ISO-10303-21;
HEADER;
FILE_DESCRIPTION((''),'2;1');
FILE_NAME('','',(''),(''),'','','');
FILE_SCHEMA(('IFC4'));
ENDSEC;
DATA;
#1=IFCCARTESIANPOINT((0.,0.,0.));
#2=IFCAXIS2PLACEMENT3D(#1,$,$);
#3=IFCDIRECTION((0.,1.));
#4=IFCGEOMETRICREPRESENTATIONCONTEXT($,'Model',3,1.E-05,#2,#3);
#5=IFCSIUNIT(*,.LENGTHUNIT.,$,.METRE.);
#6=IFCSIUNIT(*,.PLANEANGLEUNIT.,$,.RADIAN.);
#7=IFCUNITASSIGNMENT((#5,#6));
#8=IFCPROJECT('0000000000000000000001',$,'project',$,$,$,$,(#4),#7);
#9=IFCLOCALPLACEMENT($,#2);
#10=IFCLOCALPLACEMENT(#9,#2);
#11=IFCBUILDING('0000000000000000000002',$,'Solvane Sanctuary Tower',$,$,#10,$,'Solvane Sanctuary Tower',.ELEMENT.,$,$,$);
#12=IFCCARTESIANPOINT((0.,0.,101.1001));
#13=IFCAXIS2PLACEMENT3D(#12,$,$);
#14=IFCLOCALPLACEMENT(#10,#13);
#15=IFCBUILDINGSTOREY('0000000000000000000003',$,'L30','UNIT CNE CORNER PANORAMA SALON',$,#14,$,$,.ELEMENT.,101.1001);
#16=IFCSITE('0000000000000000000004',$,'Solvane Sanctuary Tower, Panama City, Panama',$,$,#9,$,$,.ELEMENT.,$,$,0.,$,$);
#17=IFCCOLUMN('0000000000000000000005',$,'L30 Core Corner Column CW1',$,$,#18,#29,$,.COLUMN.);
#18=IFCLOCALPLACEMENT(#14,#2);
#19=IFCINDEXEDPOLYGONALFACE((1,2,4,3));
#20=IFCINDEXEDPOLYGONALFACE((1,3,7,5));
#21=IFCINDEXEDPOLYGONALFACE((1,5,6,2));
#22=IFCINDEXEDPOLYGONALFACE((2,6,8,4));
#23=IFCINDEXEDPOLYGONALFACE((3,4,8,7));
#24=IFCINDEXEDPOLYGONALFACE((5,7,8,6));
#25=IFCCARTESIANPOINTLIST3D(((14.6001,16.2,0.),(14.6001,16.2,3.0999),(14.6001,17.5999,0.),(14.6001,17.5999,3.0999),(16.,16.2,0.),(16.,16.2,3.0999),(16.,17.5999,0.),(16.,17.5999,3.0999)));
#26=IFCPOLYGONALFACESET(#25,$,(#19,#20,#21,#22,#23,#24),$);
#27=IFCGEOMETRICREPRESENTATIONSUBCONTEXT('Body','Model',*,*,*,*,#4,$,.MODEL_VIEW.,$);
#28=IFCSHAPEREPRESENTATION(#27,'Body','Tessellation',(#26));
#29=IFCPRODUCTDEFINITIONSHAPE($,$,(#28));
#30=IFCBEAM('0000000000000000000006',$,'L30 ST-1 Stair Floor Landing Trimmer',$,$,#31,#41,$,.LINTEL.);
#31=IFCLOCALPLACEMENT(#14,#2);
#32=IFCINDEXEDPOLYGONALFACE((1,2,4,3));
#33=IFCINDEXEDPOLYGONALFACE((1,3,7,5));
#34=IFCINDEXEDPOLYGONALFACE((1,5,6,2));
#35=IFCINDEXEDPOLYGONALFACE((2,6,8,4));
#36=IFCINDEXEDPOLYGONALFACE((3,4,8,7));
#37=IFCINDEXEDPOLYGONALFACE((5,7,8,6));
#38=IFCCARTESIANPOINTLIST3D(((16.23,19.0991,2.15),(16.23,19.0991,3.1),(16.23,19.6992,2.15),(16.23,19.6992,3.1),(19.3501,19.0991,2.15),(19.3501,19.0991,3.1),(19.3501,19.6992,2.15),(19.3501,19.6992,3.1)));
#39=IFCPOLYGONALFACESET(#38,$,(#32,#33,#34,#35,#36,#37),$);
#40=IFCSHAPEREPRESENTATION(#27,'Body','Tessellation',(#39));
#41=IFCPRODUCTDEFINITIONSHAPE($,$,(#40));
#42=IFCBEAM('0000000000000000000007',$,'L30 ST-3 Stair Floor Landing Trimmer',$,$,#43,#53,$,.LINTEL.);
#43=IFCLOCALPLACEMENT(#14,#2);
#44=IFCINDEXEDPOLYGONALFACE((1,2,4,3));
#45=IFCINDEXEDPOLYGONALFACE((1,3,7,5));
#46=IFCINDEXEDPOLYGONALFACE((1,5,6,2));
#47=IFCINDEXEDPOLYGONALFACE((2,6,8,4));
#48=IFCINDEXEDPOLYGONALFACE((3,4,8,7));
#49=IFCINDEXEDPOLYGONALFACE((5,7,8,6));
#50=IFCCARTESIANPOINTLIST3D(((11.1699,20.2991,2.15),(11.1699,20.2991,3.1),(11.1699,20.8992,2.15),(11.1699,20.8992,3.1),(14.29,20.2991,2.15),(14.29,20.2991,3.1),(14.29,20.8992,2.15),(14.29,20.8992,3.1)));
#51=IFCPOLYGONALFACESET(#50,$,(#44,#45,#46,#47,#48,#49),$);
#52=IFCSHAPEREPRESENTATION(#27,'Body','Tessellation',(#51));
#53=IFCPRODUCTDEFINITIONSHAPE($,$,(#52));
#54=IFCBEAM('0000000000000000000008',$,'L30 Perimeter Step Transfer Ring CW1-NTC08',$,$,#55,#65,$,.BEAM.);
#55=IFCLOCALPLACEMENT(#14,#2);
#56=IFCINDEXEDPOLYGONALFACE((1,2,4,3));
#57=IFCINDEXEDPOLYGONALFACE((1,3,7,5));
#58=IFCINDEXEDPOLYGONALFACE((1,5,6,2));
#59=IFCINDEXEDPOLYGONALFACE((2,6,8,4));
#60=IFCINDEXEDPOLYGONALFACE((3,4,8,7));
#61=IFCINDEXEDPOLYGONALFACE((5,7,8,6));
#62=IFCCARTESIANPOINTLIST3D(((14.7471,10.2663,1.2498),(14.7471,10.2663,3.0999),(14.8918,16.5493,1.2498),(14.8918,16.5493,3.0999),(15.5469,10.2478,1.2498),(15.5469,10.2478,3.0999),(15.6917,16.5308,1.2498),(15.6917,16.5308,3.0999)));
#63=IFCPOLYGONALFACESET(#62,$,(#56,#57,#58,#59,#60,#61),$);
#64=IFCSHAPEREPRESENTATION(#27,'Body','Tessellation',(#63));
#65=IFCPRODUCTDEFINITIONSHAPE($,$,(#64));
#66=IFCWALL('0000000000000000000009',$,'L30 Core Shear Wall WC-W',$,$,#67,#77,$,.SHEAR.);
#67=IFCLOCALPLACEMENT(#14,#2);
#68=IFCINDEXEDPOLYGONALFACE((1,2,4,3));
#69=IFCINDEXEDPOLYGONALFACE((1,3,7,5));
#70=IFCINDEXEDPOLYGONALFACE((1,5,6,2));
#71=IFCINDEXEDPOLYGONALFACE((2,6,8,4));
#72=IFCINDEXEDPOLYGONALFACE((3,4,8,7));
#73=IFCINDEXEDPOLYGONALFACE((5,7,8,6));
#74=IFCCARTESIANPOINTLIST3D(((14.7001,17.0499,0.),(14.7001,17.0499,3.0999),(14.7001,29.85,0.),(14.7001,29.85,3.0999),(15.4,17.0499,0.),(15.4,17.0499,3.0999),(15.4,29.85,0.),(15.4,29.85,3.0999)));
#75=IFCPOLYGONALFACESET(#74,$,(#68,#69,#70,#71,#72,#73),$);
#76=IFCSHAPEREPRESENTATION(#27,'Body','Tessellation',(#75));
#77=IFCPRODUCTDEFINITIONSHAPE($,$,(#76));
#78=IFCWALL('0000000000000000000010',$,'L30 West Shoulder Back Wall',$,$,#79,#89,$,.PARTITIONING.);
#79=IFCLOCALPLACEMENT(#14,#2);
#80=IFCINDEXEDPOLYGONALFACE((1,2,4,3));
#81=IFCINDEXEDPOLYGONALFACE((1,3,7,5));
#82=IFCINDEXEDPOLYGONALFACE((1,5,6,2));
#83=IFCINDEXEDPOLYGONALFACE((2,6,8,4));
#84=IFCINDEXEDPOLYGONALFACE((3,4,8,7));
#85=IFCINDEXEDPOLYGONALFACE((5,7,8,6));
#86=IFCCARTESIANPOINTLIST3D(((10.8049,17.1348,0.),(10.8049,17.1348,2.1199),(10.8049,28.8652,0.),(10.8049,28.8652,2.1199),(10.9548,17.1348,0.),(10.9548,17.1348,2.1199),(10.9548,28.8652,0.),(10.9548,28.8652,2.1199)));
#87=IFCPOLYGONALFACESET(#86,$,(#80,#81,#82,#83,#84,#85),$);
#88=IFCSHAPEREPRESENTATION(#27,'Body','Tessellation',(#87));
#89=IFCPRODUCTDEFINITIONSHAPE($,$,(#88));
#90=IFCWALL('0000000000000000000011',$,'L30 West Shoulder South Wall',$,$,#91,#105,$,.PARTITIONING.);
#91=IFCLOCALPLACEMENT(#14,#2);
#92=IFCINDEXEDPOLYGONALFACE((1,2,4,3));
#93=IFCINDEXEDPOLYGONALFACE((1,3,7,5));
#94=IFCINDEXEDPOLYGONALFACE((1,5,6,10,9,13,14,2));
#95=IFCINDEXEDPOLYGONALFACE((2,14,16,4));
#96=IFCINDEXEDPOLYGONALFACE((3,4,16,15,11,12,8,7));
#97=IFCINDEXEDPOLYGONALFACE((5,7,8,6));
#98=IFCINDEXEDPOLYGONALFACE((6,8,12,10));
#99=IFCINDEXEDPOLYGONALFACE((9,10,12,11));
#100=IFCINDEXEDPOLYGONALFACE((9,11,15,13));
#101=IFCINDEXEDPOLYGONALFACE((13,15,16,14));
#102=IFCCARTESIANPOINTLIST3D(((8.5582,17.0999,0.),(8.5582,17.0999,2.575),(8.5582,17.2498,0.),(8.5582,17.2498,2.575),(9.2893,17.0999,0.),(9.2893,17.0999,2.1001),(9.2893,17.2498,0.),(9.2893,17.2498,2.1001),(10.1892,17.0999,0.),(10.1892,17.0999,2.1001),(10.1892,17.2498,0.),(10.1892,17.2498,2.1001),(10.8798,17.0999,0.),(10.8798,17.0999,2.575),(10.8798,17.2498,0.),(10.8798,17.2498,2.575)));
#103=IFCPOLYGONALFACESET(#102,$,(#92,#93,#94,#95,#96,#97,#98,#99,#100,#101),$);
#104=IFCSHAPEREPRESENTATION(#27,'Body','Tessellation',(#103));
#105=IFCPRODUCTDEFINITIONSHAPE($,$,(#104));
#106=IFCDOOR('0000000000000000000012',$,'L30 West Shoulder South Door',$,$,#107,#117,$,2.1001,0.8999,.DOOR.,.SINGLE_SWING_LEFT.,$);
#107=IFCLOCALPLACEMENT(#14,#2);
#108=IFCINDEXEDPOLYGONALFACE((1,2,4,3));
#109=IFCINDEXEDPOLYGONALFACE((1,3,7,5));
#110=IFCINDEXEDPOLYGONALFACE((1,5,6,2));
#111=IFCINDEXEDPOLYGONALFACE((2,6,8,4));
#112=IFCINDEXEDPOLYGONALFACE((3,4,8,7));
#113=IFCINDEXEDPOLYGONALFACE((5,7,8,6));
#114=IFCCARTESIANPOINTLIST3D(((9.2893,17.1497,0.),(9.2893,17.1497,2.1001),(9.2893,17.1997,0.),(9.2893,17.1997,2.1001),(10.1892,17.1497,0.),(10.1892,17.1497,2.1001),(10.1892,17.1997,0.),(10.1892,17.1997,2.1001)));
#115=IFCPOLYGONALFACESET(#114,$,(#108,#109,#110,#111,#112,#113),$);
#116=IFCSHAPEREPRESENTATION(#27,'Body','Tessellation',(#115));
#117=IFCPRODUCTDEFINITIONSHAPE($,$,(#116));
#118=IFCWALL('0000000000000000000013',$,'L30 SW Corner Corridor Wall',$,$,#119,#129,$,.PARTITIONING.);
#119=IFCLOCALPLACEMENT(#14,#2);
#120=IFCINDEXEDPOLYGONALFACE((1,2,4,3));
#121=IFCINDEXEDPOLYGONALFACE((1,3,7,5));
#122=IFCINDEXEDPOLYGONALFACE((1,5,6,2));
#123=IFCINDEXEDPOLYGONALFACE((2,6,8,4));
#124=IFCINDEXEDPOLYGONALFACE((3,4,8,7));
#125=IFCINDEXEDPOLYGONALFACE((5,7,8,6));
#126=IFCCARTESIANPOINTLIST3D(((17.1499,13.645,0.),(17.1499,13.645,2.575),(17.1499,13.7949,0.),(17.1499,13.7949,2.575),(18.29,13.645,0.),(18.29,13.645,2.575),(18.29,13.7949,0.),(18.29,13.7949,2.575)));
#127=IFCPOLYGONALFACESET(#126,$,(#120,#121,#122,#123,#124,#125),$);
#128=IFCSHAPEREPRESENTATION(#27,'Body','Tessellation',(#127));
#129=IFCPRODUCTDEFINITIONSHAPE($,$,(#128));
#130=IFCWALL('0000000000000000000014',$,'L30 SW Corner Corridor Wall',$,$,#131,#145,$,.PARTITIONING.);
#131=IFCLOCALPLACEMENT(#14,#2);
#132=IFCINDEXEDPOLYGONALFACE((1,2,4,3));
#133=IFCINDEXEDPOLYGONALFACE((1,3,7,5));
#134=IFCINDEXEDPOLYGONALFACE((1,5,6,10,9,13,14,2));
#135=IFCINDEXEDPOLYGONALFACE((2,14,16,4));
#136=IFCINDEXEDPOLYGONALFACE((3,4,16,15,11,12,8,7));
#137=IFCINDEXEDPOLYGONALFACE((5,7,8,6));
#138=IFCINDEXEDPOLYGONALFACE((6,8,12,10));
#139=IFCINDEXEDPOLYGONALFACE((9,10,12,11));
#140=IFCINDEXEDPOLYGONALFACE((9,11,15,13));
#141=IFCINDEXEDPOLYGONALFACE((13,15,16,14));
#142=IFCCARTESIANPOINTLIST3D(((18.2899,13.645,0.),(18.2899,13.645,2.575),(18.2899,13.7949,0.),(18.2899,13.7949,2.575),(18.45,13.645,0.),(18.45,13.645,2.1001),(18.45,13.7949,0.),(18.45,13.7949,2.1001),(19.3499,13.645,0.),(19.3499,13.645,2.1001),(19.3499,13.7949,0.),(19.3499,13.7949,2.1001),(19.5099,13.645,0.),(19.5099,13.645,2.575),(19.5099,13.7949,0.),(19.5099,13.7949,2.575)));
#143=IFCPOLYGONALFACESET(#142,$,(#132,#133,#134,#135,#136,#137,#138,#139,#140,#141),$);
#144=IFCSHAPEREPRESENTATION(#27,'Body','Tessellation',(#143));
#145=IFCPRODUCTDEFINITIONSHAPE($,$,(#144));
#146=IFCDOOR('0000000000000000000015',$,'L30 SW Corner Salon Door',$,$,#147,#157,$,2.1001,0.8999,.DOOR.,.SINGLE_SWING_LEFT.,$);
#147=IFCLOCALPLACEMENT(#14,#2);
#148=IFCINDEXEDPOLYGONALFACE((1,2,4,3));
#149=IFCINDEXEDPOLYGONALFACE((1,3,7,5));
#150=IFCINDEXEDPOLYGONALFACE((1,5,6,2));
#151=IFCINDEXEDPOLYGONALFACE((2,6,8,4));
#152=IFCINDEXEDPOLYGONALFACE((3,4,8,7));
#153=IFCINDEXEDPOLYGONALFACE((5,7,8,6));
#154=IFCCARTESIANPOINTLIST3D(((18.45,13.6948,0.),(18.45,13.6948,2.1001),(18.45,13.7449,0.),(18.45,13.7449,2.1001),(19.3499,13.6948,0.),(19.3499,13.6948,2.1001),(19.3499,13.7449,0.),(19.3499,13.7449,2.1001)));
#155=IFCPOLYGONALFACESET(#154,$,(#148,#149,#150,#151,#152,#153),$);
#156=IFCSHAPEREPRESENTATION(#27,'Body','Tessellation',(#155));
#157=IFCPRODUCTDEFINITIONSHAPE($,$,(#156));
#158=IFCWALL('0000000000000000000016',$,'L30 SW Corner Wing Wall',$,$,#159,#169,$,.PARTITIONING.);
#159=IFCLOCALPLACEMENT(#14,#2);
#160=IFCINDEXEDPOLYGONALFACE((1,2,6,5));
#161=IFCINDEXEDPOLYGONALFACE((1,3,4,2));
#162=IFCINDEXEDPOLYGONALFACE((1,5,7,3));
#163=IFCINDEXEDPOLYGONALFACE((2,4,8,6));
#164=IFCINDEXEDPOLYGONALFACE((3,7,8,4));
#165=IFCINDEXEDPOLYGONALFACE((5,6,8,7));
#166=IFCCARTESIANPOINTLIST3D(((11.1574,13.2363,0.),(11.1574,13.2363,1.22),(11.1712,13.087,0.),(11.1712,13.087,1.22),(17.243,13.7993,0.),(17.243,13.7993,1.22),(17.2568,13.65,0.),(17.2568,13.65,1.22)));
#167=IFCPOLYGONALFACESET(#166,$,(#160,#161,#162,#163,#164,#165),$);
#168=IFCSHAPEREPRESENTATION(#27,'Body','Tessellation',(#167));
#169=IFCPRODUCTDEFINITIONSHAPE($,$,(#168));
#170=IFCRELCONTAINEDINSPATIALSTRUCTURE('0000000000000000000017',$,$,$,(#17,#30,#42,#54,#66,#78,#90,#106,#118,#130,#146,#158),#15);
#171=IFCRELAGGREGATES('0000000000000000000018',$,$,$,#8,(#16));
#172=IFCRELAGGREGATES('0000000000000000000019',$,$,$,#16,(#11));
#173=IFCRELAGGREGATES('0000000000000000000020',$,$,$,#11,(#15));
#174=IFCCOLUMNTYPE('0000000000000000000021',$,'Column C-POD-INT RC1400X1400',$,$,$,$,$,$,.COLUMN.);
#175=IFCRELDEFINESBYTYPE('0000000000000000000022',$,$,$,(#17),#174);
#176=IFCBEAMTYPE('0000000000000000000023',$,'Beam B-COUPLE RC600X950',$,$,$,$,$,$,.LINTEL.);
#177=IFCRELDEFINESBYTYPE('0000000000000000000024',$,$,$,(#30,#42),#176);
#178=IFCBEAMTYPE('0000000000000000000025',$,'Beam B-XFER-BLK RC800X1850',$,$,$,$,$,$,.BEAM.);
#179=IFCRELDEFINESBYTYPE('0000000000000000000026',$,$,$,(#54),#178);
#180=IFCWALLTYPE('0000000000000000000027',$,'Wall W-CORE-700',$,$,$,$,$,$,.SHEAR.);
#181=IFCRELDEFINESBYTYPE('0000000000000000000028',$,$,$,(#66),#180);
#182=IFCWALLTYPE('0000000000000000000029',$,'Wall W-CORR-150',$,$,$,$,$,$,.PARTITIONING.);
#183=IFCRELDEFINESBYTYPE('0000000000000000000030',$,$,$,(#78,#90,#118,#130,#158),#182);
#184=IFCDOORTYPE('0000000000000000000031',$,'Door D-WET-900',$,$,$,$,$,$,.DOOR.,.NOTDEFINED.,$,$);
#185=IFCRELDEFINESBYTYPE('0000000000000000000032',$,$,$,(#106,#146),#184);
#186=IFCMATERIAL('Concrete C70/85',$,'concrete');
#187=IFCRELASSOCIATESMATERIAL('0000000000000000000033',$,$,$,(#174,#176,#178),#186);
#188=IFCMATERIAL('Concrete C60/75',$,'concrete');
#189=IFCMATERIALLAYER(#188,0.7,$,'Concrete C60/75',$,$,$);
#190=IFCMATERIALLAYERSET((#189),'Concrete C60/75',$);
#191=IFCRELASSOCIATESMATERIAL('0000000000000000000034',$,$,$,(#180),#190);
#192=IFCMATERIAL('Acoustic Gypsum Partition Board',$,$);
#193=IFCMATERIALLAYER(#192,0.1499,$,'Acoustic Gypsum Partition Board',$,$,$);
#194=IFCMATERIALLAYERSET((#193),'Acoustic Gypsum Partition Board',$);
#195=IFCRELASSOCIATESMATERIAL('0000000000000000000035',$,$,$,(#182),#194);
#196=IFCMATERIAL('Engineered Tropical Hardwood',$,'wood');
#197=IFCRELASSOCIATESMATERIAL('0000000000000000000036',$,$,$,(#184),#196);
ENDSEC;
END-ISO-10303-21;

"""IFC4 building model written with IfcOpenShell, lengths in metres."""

from ifc_helpers import new_model, si_unit, direction, frame, frame_2d, origin, origin_2d, place, context, subcontext, project, spatial, rectangle, extrude, material, layer, layer_set, material_profile, profile_set, type_object, element, fill, save


model = new_model("IFC4")

# Units and contexts
model_context = context("Model", 3, precision=1e-05, world=origin(), true_north=direction((0.0, 1.0)))
body_context = subcontext(model_context, "Body", "Model", "MODEL_VIEW")
ifc_project = project(units=[si_unit("LENGTHUNIT", "METRE"), si_unit("PLANEANGLEUNIT", "RADIAN")], contexts=[model_context])

# Site, building, storey
site_placement = place(None, origin())
site = spatial("IfcSite", under=ifc_project, at=site_placement, Name="Solvane Sanctuary Tower, Panama City, Panama", CompositionType="ELEMENT", RefElevation=0.0)
building_placement = place(site_placement, origin())
building = spatial("IfcBuilding", under=site, at=building_placement, Name="Solvane Sanctuary Tower", LongName="Solvane Sanctuary Tower", CompositionType="ELEMENT")
storey_placement = place(building_placement, frame((0.0, 0.0, 101.1001)))
storey = spatial("IfcBuildingStorey", under=building, at=storey_placement, Name="L30", Description="UNIT CNE CORNER PANORAMA SALON", CompositionType="ELEMENT", Elevation=101.1001)

# Column
ifc_material_1 = material(Name="Concrete C70/85", Category="concrete")
ifc_material_profile_1 = material_profile(ifc_material_1, rectangle(XDim=1.3999, YDim=1.3999, at=origin_2d()), Name="RC1400X1400")
ifc_profile_set_1 = profile_set([ifc_material_profile_1], Name="Concrete C70/85")
column_type = type_object("IfcColumnType", Name="Column C-POD-INT RC1400X1400", PredefinedType="COLUMN", material=ifc_profile_set_1)
column_placement = place(storey_placement, frame((15.3, 16.8999, 0.0), z_axis=(0.0, 0.0, 1.0), x_axis=(1.0, 0.0, 0.0)))
element("IfcColumn", 1, at=column_placement, inside=storey, type_object=column_type, Name="L30 Core Corner Column CW1", PredefinedType="COLUMN", context=body_context, shape_type="SweptSolid", body=[
    extrude(rectangle(XDim=1.3999, YDim=1.3999, at=origin_2d()), origin(), (0.0, 0.0, 1.0), 3.0999),
])

# Beams
ifc_material_profile_2 = material_profile(ifc_material_1, rectangle(XDim=0.6001, YDim=0.95, at=origin_2d()), Name="RC600X950")
ifc_profile_set_2 = profile_set([ifc_material_profile_2], Name="Concrete C70/85")
beam_type_1 = type_object("IfcBeamType", Name="Beam B-COUPLE RC600X950", PredefinedType="LINTEL", material=ifc_profile_set_2)
for number, where, z_axis, x_axis, name in (
    (2, (16.23, 19.3992, 2.625), (1.0, 0.0, 0.0), (0.0, 1.0, 0.0), "L30 ST-1 Stair Floor Landing Trimmer"),
    (3, (11.1699, 20.5991, 2.625), (1.0, 0.0, 0.0), (0.0, 1.0, 0.0), "L30 ST-3 Stair Floor Landing Trimmer"),
):
    element("IfcBeam", number, at=place(storey_placement, frame(where, z_axis=z_axis, x_axis=x_axis)), inside=storey, type_object=beam_type_1, Name=name, PredefinedType="LINTEL", context=body_context, shape_type="SweptSolid", body=[
        extrude(rectangle(XDim=0.6001, YDim=0.95, at=origin_2d()), origin(), (0.0, 0.0, 1.0), 3.1201),
    ])
ifc_material_profile_3 = material_profile(ifc_material_1, rectangle(XDim=0.8, YDim=1.8501, at=origin_2d()), Name="RC800X1850")
ifc_profile_set_3 = profile_set([ifc_material_profile_3], Name="Concrete C70/85")
beam_type_2 = type_object("IfcBeamType", Name="Beam B-XFER-BLK RC800X1850", PredefinedType="BEAM", material=ifc_profile_set_3)
beam_placement = place(storey_placement, frame((15.2917, 16.54, 2.1748), z_axis=(-0.023036, -0.999735, 0.0), x_axis=(0.999735, -0.023036, 0.0)))
element("IfcBeam", 4, at=beam_placement, inside=storey, type_object=beam_type_2, Name="L30 Perimeter Step Transfer Ring CW1-NTC08", PredefinedType="BEAM", context=body_context, shape_type="SweptSolid", body=[
    extrude(rectangle(XDim=0.8, YDim=1.8501, at=origin_2d()), origin(), (0.0, 0.0, 1.0), 6.2847),
])

# Walls
ifc_material_2 = material(Name="Concrete C60/75", Category="concrete")
ifc_layer_1 = layer(ifc_material_2, 0.7, Name="Concrete C60/75")
ifc_layer_set_1 = layer_set([ifc_layer_1], Name="Concrete C60/75")
wall_type_1 = type_object("IfcWallType", Name="Wall W-CORE-700", PredefinedType="SHEAR", material=ifc_layer_set_1)
wall_1_placement = place(storey_placement, frame((15.05, 17.05, 0.0), z_axis=(0.0, 0.0, 1.0), x_axis=(0.0, 1.0, 0.0)))
element("IfcWall", 5, at=wall_1_placement, inside=storey, type_object=wall_type_1, Name="L30 Core Shear Wall WC-W", PredefinedType="SHEAR", context=body_context, shape_type="SweptSolid", body=[
    extrude(rectangle(XDim=12.8, YDim=0.7, at=frame_2d((6.3999, 0.0))), origin(), (0.0, 0.0, 1.0), 3.0999),
])
ifc_material_3 = material(Name="Acoustic Gypsum Partition Board")
ifc_layer_2 = layer(ifc_material_3, 0.1499, Name="Acoustic Gypsum Partition Board")
ifc_layer_set_2 = layer_set([ifc_layer_2], Name="Acoustic Gypsum Partition Board")
wall_type_2 = type_object("IfcWallType", Name="Wall W-CORR-150", PredefinedType="PARTITIONING", material=ifc_layer_set_2)
wall_2_placement = place(storey_placement, frame((10.8799, 17.1348, 0.0), z_axis=(0.0, 0.0, 1.0), x_axis=(0.0, 1.0, 0.0)))
element("IfcWall", 6, at=wall_2_placement, inside=storey, type_object=wall_type_2, Name="L30 West Shoulder Back Wall", PredefinedType="PARTITIONING", context=body_context, shape_type="SweptSolid", body=[
    extrude(rectangle(XDim=11.7305, YDim=0.1499, at=frame_2d((5.8652, 0.0))), origin(), (0.0, 0.0, 1.0), 2.1199),
])

# Wall, opening, door
wall_3_placement = place(storey_placement, frame((8.5583, 17.1748, 0.0), z_axis=(0.0, 0.0, 1.0), x_axis=(1.0, 0.0, 0.0)))
wall_3 = element("IfcWall", 7, at=wall_3_placement, inside=storey, type_object=wall_type_2, Name="L30 West Shoulder South Wall", PredefinedType="PARTITIONING", context=body_context, shape_type="SweptSolid", body=[
    extrude(rectangle(XDim=2.3215, YDim=0.1499, at=frame_2d((1.1606, 0.0))), origin(), (0.0, 0.0, 1.0), 2.575),
])
opening_1_placement = place(wall_3_placement, frame((0.731, 0.0, 0.0)))
opening_1 = element("IfcOpeningElement", 8, at=opening_1_placement, cuts=wall_3, PredefinedType="OPENING", context=body_context, shape_type="SweptSolid", body=[
    extrude(rectangle(XDim=0.8999, YDim=2.1001, at=frame_2d((0.45, 1.05))), frame((0.0, 0.085, 0.0), z_axis=(0.0, -1.0, 0.0), x_axis=(1.0, 0.0, 0.0)), (0.0, 0.0, 1.0), 0.1699),
])
ifc_material_4 = material(Name="Engineered Tropical Hardwood", Category="wood")
door_type_1 = type_object("IfcDoorType", Name="Door D-WET-900", OperationType="NOTDEFINED", PredefinedType="DOOR", material=ifc_material_4)
door_1_placement = place(opening_1_placement, origin())
door_1 = element("IfcDoor", 9, at=door_1_placement, inside=storey, type_object=door_type_1, Name="L30 West Shoulder South Door", OperationType="SINGLE_SWING_LEFT", OverallHeight=2.1001, OverallWidth=0.8999, PredefinedType="DOOR", context=body_context, shape_type="SweptSolid", body=[
    extrude(rectangle(XDim=0.8999, YDim=2.1001, at=frame_2d((0.45, 1.05))), frame((0.0, 0.0249, 0.0), z_axis=(0.0, -1.0, 0.0), x_axis=(1.0, 0.0, 0.0)), (0.0, 0.0, 1.0), 0.05),
])
fill(opening_1, door_1)

# Wall
wall_4_placement = place(storey_placement, frame((17.1499, 13.72, 0.0), z_axis=(0.0, 0.0, 1.0), x_axis=(1.0, 0.0, 0.0)))
element("IfcWall", 10, at=wall_4_placement, inside=storey, type_object=wall_type_2, Name="L30 SW Corner Corridor Wall", PredefinedType="PARTITIONING", context=body_context, shape_type="SweptSolid", body=[
    extrude(rectangle(XDim=1.1401, YDim=0.1499, at=frame_2d((0.5701, 0.0))), origin(), (0.0, 0.0, 1.0), 2.575),
])

# Wall, opening, door
wall_5_placement = place(storey_placement, frame((18.29, 13.72, 0.0), z_axis=(0.0, 0.0, 1.0), x_axis=(1.0, 0.0, 0.0)))
wall_5 = element("IfcWall", 11, at=wall_5_placement, inside=storey, type_object=wall_type_2, Name="L30 SW Corner Corridor Wall", PredefinedType="PARTITIONING", context=body_context, shape_type="SweptSolid", body=[
    extrude(rectangle(XDim=1.22, YDim=0.1499, at=frame_2d((0.6099, 0.0))), origin(), (0.0, 0.0, 1.0), 2.575),
])
opening_2_placement = place(wall_5_placement, frame((0.1599, 0.0, 0.0)))
opening_2 = element("IfcOpeningElement", 12, at=opening_2_placement, cuts=wall_5, PredefinedType="OPENING", context=body_context, shape_type="SweptSolid", body=[
    extrude(rectangle(XDim=0.8999, YDim=2.1001, at=frame_2d((0.45, 1.05))), frame((0.0, 0.085, 0.0), z_axis=(0.0, -1.0, 0.0), x_axis=(1.0, 0.0, 0.0)), (0.0, 0.0, 1.0), 0.1699),
])
door_2_placement = place(opening_2_placement, origin())
door_2 = element("IfcDoor", 13, at=door_2_placement, inside=storey, type_object=door_type_1, Name="L30 SW Corner Salon Door", OperationType="SINGLE_SWING_LEFT", OverallHeight=2.1001, OverallWidth=0.8999, PredefinedType="DOOR", context=body_context, shape_type="SweptSolid", body=[
    extrude(rectangle(XDim=0.8999, YDim=2.1001, at=frame_2d((0.45, 1.05))), frame((0.0, 0.0249, 0.0), z_axis=(0.0, -1.0, 0.0), x_axis=(1.0, 0.0, 0.0)), (0.0, 0.0, 1.0), 0.05),
])
fill(opening_2, door_2)

# Wall
wall_6_placement = place(storey_placement, frame((17.2498, 13.7246, 0.0), z_axis=(0.0, 0.0, 1.0), x_axis=(-0.995748, -0.092117, 0.0)))
element("IfcWall", 14, at=wall_6_placement, inside=storey, type_object=wall_type_2, Name="L30 SW Corner Wing Wall", PredefinedType="PARTITIONING", context=body_context, shape_type="SweptSolid", body=[
    extrude(rectangle(XDim=6.1116, YDim=0.1499, at=frame_2d((3.0557, 0.0))), origin(), (0.0, 0.0, 1.0), 1.22),
])

save(model, "model.ifc")
